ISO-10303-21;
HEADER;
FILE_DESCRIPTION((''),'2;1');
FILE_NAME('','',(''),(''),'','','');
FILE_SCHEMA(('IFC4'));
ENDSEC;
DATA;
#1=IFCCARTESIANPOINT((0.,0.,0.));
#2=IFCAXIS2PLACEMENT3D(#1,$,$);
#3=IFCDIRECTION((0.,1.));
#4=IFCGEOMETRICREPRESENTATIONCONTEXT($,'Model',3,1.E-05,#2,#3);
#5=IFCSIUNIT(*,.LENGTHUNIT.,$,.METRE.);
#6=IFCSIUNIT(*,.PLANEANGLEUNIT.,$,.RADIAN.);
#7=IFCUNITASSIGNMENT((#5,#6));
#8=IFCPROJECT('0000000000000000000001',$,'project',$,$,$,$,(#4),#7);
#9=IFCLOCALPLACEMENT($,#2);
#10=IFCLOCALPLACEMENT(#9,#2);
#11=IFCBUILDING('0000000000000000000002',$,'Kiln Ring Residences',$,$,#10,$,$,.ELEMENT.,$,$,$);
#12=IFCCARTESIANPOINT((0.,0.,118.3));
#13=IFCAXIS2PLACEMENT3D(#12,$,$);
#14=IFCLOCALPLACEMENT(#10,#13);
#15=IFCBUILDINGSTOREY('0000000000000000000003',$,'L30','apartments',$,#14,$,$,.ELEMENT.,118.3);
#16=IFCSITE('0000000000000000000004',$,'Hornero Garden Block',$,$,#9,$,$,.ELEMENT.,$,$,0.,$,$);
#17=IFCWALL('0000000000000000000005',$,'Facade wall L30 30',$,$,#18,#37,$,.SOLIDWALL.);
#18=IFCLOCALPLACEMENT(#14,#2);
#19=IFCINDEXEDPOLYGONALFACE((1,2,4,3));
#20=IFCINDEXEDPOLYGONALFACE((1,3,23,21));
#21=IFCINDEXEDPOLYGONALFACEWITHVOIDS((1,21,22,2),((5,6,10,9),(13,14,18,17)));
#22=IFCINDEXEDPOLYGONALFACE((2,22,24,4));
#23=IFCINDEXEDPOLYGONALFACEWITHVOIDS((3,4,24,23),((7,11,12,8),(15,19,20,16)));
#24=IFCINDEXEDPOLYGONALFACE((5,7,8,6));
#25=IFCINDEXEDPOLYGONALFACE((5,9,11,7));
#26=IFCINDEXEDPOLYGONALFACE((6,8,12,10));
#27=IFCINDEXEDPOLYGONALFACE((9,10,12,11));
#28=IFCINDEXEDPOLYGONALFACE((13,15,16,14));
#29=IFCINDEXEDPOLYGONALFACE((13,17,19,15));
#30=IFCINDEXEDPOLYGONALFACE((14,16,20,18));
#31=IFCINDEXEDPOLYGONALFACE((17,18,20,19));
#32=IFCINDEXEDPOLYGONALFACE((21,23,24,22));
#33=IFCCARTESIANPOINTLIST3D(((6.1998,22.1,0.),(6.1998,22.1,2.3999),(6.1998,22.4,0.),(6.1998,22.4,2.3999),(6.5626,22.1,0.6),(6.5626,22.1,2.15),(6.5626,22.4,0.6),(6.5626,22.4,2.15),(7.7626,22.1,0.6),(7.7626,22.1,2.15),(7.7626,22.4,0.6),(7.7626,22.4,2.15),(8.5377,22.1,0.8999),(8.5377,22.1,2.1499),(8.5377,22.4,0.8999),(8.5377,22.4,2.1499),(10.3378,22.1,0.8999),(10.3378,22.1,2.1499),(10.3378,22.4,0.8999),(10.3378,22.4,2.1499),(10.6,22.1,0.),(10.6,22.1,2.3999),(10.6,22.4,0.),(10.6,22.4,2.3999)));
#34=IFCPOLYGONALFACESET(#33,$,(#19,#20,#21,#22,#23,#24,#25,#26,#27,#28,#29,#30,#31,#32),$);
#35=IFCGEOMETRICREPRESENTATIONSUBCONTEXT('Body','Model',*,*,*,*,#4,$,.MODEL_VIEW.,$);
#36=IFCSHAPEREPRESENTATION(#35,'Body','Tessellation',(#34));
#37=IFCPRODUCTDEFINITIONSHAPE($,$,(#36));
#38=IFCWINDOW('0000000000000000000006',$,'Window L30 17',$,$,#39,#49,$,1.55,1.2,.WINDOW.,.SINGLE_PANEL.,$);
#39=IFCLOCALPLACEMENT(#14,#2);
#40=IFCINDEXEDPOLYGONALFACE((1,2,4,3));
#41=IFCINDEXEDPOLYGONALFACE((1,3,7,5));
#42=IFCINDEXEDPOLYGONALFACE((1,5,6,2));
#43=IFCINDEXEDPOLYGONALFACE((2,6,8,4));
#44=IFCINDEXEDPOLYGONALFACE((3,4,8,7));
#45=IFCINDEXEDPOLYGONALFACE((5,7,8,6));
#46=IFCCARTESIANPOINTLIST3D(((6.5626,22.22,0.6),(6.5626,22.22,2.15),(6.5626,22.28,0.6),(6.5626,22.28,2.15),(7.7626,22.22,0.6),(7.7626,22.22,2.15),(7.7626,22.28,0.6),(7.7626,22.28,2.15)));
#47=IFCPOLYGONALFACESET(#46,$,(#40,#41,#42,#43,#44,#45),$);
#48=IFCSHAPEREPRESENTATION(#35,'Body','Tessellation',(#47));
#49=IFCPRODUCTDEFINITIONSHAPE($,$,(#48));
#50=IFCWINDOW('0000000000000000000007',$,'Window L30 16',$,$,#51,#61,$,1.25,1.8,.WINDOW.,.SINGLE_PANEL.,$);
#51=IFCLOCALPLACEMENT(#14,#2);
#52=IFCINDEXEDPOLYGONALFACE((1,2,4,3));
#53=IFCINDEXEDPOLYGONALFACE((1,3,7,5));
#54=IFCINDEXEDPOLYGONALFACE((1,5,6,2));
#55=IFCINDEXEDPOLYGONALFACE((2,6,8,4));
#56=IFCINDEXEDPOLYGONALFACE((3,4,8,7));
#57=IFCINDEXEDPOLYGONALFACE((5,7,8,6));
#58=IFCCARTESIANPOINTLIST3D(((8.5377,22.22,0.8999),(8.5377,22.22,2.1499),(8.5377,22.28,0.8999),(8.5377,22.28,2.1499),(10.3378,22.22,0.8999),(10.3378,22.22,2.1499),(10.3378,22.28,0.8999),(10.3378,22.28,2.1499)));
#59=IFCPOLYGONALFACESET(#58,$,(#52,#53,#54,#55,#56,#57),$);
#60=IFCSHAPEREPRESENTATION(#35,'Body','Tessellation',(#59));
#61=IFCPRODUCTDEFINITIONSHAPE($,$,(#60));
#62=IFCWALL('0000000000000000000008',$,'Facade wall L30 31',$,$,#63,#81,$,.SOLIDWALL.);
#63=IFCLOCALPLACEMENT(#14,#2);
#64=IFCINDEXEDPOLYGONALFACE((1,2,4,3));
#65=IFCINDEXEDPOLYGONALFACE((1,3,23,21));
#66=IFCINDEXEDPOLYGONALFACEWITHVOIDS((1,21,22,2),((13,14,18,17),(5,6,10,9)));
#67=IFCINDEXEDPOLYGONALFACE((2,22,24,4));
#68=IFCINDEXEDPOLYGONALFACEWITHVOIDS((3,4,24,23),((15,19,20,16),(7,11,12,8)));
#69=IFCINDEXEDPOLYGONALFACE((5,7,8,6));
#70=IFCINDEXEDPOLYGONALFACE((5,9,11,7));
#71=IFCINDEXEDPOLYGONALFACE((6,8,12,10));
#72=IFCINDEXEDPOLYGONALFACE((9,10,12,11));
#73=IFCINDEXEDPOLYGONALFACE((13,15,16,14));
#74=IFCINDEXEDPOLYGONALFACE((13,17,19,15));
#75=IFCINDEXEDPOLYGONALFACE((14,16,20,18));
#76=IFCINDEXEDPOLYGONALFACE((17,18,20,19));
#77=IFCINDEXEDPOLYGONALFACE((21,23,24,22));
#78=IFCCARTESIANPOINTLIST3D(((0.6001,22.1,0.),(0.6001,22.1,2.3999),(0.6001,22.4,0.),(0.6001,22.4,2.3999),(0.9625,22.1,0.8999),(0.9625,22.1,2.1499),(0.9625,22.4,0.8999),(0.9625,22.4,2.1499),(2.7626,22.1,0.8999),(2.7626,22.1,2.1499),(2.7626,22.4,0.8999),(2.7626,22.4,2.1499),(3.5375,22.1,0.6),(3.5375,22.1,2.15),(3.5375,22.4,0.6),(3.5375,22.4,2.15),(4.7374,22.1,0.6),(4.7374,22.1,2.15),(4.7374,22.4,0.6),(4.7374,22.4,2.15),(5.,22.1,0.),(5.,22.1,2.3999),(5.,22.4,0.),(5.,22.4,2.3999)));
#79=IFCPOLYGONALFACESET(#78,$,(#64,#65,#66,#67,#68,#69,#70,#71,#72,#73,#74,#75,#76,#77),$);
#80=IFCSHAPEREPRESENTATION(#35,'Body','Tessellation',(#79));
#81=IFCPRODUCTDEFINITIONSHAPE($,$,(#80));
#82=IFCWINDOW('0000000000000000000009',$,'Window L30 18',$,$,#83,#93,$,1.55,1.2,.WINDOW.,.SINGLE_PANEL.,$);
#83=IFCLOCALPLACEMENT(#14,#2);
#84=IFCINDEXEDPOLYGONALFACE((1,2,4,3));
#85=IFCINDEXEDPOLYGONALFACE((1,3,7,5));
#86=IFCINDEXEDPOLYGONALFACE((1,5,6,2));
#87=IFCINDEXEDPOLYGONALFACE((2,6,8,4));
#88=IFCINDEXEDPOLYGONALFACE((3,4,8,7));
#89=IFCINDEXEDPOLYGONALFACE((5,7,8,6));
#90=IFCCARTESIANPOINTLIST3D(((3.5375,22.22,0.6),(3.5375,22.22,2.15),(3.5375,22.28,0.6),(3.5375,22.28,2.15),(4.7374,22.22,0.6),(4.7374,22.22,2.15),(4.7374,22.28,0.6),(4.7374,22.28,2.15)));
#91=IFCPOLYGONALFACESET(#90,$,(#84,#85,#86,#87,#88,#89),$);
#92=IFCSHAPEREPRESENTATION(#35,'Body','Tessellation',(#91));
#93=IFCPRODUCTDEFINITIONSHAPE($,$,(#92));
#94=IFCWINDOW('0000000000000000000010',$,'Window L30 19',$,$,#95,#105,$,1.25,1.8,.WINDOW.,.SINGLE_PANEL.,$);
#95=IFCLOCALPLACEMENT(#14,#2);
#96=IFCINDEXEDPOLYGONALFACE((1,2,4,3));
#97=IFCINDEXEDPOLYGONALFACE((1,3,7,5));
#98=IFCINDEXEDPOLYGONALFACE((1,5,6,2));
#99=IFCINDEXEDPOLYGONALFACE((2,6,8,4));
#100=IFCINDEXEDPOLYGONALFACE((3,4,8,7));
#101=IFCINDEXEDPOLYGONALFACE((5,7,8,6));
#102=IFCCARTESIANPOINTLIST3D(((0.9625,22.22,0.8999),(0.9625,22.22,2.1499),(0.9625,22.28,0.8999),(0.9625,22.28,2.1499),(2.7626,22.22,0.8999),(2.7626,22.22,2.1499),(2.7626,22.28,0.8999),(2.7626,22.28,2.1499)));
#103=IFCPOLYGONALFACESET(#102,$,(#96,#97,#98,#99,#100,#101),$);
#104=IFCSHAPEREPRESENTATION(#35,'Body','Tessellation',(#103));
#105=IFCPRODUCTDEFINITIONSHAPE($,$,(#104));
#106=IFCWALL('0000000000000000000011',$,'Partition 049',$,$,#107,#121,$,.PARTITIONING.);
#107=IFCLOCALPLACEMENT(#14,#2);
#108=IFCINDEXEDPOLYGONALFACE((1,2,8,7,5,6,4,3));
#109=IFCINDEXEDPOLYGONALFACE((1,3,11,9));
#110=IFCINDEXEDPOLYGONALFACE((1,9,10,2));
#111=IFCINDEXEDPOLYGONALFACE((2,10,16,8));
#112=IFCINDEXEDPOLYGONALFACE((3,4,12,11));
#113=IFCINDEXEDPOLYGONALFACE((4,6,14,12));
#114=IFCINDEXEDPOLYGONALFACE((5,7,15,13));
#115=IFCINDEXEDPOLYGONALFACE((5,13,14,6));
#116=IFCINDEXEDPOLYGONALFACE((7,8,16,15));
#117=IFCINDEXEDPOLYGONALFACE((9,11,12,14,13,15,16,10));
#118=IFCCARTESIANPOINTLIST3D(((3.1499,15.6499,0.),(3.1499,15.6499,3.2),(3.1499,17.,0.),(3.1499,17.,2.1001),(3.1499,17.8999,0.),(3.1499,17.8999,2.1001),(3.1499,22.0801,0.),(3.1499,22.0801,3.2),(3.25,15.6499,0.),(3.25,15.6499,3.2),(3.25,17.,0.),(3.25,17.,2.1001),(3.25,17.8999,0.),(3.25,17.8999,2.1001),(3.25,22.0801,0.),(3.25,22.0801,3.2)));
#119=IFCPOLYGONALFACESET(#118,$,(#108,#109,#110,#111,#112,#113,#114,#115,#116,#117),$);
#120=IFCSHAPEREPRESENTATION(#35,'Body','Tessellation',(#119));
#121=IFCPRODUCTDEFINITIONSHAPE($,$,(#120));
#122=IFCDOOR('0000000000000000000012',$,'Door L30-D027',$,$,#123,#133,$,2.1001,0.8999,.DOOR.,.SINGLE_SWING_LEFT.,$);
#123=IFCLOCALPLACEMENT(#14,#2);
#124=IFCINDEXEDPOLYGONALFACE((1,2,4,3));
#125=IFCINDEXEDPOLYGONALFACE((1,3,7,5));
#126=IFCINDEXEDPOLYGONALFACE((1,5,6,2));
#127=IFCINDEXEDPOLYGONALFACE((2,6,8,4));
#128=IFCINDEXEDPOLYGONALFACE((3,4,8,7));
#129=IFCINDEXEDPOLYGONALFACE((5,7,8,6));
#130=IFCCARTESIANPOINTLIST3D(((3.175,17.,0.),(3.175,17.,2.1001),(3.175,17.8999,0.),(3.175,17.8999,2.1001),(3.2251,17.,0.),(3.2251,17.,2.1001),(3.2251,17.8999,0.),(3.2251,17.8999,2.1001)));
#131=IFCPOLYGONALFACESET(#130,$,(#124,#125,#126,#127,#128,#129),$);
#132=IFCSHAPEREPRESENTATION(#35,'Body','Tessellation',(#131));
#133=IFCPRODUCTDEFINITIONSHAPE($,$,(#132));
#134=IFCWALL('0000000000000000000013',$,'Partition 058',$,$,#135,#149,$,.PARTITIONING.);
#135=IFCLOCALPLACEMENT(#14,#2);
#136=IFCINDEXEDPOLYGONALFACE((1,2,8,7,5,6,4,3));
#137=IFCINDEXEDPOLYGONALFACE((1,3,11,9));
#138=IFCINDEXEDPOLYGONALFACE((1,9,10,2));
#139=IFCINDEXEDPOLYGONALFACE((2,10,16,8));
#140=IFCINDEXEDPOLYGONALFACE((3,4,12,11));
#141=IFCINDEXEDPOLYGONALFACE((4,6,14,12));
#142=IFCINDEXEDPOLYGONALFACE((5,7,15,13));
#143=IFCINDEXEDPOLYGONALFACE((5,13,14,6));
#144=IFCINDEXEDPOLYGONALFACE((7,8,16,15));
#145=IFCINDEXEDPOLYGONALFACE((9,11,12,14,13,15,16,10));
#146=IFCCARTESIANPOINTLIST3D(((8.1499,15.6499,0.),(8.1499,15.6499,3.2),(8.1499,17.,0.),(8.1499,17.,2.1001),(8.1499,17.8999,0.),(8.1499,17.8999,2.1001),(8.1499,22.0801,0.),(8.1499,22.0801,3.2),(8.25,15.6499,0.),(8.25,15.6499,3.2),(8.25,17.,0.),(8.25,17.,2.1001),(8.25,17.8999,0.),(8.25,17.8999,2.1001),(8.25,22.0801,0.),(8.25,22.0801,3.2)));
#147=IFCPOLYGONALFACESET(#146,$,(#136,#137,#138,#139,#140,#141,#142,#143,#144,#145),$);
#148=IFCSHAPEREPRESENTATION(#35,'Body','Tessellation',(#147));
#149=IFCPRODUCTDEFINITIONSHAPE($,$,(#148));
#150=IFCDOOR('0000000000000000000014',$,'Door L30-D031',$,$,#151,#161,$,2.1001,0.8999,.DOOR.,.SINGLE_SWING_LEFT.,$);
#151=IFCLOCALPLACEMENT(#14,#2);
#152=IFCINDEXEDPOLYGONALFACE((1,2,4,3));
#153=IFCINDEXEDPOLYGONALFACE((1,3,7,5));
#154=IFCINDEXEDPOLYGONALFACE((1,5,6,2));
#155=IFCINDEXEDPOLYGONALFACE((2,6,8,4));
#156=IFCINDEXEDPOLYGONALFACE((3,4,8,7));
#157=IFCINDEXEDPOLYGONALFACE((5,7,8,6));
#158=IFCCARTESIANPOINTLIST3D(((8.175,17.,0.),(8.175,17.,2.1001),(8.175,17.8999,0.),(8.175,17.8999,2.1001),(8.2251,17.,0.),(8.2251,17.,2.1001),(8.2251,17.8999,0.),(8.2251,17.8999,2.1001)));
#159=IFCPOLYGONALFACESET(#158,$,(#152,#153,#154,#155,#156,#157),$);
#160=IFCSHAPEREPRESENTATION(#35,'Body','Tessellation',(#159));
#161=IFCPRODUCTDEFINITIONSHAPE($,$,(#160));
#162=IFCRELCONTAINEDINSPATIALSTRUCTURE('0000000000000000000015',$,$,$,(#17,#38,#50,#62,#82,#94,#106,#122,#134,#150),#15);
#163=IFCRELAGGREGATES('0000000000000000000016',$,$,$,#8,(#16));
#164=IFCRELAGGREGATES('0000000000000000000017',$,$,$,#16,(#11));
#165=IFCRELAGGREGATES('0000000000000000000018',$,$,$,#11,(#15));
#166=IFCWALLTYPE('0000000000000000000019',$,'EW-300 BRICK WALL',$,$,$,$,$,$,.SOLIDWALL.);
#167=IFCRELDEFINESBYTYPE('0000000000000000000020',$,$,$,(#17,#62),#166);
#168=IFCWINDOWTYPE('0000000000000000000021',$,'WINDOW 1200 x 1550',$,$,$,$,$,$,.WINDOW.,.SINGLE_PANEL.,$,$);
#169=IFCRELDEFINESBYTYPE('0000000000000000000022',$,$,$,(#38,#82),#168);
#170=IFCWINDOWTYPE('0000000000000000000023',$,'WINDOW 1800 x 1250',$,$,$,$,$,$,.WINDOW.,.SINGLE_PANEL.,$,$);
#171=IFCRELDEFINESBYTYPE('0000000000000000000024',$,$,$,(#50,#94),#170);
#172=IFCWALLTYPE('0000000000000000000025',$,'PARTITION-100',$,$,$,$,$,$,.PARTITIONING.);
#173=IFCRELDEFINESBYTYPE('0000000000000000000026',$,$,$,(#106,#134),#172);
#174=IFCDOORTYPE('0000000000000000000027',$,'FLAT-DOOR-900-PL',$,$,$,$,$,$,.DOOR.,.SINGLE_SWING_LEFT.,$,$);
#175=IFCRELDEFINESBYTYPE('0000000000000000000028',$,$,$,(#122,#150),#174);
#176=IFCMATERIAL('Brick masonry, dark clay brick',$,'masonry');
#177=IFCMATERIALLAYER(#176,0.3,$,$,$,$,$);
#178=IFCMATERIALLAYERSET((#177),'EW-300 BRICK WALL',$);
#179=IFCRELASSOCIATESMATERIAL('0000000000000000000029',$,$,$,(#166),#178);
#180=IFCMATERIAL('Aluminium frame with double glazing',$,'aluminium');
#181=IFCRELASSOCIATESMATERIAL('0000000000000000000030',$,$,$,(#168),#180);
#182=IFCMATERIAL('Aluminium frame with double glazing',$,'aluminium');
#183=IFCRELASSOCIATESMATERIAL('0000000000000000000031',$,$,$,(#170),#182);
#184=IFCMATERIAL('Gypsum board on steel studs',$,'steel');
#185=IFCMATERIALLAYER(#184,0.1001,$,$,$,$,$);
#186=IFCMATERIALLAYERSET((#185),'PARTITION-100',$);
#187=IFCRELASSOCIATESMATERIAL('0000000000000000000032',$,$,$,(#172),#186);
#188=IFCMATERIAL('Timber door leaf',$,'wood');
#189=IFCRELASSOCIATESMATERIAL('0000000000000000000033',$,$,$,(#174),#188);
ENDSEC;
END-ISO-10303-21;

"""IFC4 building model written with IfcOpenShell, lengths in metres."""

from ifc_helpers import new_model, si_unit, direction, frame, frame_2d, origin, place, context, subcontext, project, spatial, rectangle, extrude, material, layer, layer_set, type_object, element, fill, save


model = new_model("IFC4")

# Units and contexts
model_context = context("Model", 3, precision=1e-05, world=origin(), true_north=direction((0.0, 1.0)))
body_context = subcontext(model_context, "Body", "Model", "MODEL_VIEW")
ifc_project = project(units=[si_unit("LENGTHUNIT", "METRE"), si_unit("PLANEANGLEUNIT", "RADIAN")], contexts=[model_context])

# Site, building, storey
site_placement = place(None, origin())
site = spatial("IfcSite", under=ifc_project, at=site_placement, Name="Hornero Garden Block", CompositionType="ELEMENT", RefElevation=0.0)
building_placement = place(site_placement, origin())
building = spatial("IfcBuilding", under=site, at=building_placement, Name="Kiln Ring Residences", CompositionType="ELEMENT")
storey_placement = place(building_placement, frame((0.0, 0.0, 118.3)))
storey = spatial("IfcBuildingStorey", under=building, at=storey_placement, Name="L30", Description="apartments", CompositionType="ELEMENT", Elevation=118.3)

# Shared definitions
ifc_material_1 = material(Name="Brick masonry, dark clay brick", Category="masonry")
ifc_layer_1 = layer(ifc_material_1, 0.3)
ifc_layer_set_1 = layer_set([ifc_layer_1], Name="EW-300 BRICK WALL")
wall_type_1 = type_object("IfcWallType", Name="EW-300 BRICK WALL", PredefinedType="SOLIDWALL", material=ifc_layer_set_1)

# Walls, openings, windows
wall_1_placement = place(storey_placement, frame((10.6001, 22.25, 0.0), z_axis=(0.0, 0.0, 1.0), x_axis=(-1.0, 0.0, 0.0)))
wall_1 = element("IfcWall", 1, at=wall_1_placement, inside=storey, type_object=wall_type_1, Name="Facade wall L30 30", PredefinedType="SOLIDWALL", context=body_context, shape_type="SweptSolid", body=[
    extrude(rectangle(XDim=4.4001, YDim=0.3, at=frame_2d((2.2002, 0.0))), origin(), (0.0, 0.0, 1.0), 2.3999),
])
opening_1_placement = place(wall_1_placement, frame((0.2625, 0.0, 0.8999)))
opening_1 = element("IfcOpeningElement", 2, at=opening_1_placement, cuts=wall_1, PredefinedType="OPENING", context=body_context, shape_type="SweptSolid", body=[
    extrude(rectangle(XDim=1.8, YDim=1.25, at=frame_2d((0.8999, 0.625))), frame((0.0, 0.1599, 0.0), z_axis=(0.0, -1.0, 0.0), x_axis=(1.0, 0.0, 0.0)), (0.0, 0.0, 1.0), 0.3201),
])
opening_2_placement = place(wall_1_placement, frame((2.8374, 0.0, 0.6001)))
opening_2 = element("IfcOpeningElement", 3, at=opening_2_placement, cuts=wall_1, PredefinedType="OPENING", context=body_context, shape_type="SweptSolid", body=[
    extrude(rectangle(XDim=1.2, YDim=1.55, at=frame_2d((0.6001, 0.7749))), frame((0.0, 0.1599, 0.0), z_axis=(0.0, -1.0, 0.0), x_axis=(1.0, 0.0, 0.0)), (0.0, 0.0, 1.0), 0.3201),
])
ifc_material_2 = material(Name="Aluminium frame with double glazing", Category="aluminium")
window_type_1 = type_object("IfcWindowType", Name="WINDOW 1200 x 1550", PartitioningType="SINGLE_PANEL", PredefinedType="WINDOW", material=ifc_material_2)
window_1_placement = place(opening_2_placement, origin())
window_1 = element("IfcWindow", 4, at=window_1_placement, inside=storey, type_object=window_type_1, Name="Window L30 17", OverallHeight=1.55, OverallWidth=1.2, PartitioningType="SINGLE_PANEL", PredefinedType="WINDOW", context=body_context, shape_type="SweptSolid", body=[
    extrude(rectangle(XDim=1.2, YDim=1.55, at=frame_2d((0.6001, 0.7749))), frame((0.0, 0.03, 0.0), z_axis=(0.0, -1.0, 0.0), x_axis=(1.0, 0.0, 0.0)), (0.0, 0.0, 1.0), 0.0601),
])
fill(opening_2, window_1)
ifc_material_3 = material(Name="Aluminium frame with double glazing", Category="aluminium")
window_type_2 = type_object("IfcWindowType", Name="WINDOW 1800 x 1250", PartitioningType="SINGLE_PANEL", PredefinedType="WINDOW", material=ifc_material_3)
window_2_placement = place(opening_1_placement, origin())
window_2 = element("IfcWindow", 5, at=window_2_placement, inside=storey, type_object=window_type_2, Name="Window L30 16", OverallHeight=1.25, OverallWidth=1.8, PartitioningType="SINGLE_PANEL", PredefinedType="WINDOW", context=body_context, shape_type="SweptSolid", body=[
    extrude(rectangle(XDim=1.8, YDim=1.25, at=frame_2d((0.8999, 0.625))), frame((0.0, 0.03, 0.0), z_axis=(0.0, -1.0, 0.0), x_axis=(1.0, 0.0, 0.0)), (0.0, 0.0, 1.0), 0.0601),
])
fill(opening_1, window_2)
wall_2_placement = place(storey_placement, frame((5.0, 22.25, 0.0), z_axis=(0.0, 0.0, 1.0), x_axis=(-1.0, 0.0, 0.0)))
wall_2 = element("IfcWall", 6, at=wall_2_placement, inside=storey, type_object=wall_type_1, Name="Facade wall L30 31", PredefinedType="SOLIDWALL", context=body_context, shape_type="SweptSolid", body=[
    extrude(rectangle(XDim=4.3999, YDim=0.3, at=frame_2d((2.2, 0.0))), origin(), (0.0, 0.0, 1.0), 2.3999),
])
opening_3_placement = place(wall_2_placement, frame((0.2625, 0.0, 0.6001)))
opening_3 = element("IfcOpeningElement", 7, at=opening_3_placement, cuts=wall_2, PredefinedType="OPENING", context=body_context, shape_type="SweptSolid", body=[
    extrude(rectangle(XDim=1.2, YDim=1.55, at=frame_2d((0.6001, 0.7749))), frame((0.0, 0.1599, 0.0), z_axis=(0.0, -1.0, 0.0), x_axis=(1.0, 0.0, 0.0)), (0.0, 0.0, 1.0), 0.3201),
])
opening_4_placement = place(wall_2_placement, frame((2.2375, 0.0, 0.8999)))
opening_4 = element("IfcOpeningElement", 8, at=opening_4_placement, cuts=wall_2, PredefinedType="OPENING", context=body_context, shape_type="SweptSolid", body=[
    extrude(rectangle(XDim=1.8, YDim=1.25, at=frame_2d((0.8999, 0.625))), frame((0.0, 0.1599, 0.0), z_axis=(0.0, -1.0, 0.0), x_axis=(1.0, 0.0, 0.0)), (0.0, 0.0, 1.0), 0.3201),
])
window_3_placement = place(opening_3_placement, origin())
window_3 = element("IfcWindow", 9, at=window_3_placement, inside=storey, type_object=window_type_1, Name="Window L30 18", OverallHeight=1.55, OverallWidth=1.2, PartitioningType="SINGLE_PANEL", PredefinedType="WINDOW", context=body_context, shape_type="SweptSolid", body=[
    extrude(rectangle(XDim=1.2, YDim=1.55, at=frame_2d((0.6001, 0.7749))), frame((0.0, 0.03, 0.0), z_axis=(0.0, -1.0, 0.0), x_axis=(1.0, 0.0, 0.0)), (0.0, 0.0, 1.0), 0.0601),
])
fill(opening_3, window_3)
window_4_placement = place(opening_4_placement, origin())
window_4 = element("IfcWindow", 10, at=window_4_placement, inside=storey, type_object=window_type_2, Name="Window L30 19", OverallHeight=1.25, OverallWidth=1.8, PartitioningType="SINGLE_PANEL", PredefinedType="WINDOW", context=body_context, shape_type="SweptSolid", body=[
    extrude(rectangle(XDim=1.8, YDim=1.25, at=frame_2d((0.8999, 0.625))), frame((0.0, 0.03, 0.0), z_axis=(0.0, -1.0, 0.0), x_axis=(1.0, 0.0, 0.0)), (0.0, 0.0, 1.0), 0.0601),
])
fill(opening_4, window_4)

# Walls, openings, doors
ifc_material_4 = material(Name="Gypsum board on steel studs", Category="steel")
ifc_layer_2 = layer(ifc_material_4, 0.1001)
ifc_layer_set_2 = layer_set([ifc_layer_2], Name="PARTITION-100")
wall_type_2 = type_object("IfcWallType", Name="PARTITION-100", PredefinedType="PARTITIONING", material=ifc_layer_set_2)
wall_3_placement = place(storey_placement, frame((3.2, 15.6499, 0.0), z_axis=(0.0, 0.0, 1.0), x_axis=(0.0, 1.0, 0.0)))
wall_3 = element("IfcWall", 11, at=wall_3_placement, inside=storey, type_object=wall_type_2, Name="Partition 049", PredefinedType="PARTITIONING", context=body_context, shape_type="SweptSolid", body=[
    extrude(rectangle(XDim=6.4302, YDim=0.1001, at=frame_2d((3.2151, 0.0))), origin(), (0.0, 0.0, 1.0), 3.2),
])
opening_5_placement = place(wall_3_placement, frame((1.3501, 0.0, 0.0)))
opening_5 = element("IfcOpeningElement", 12, at=opening_5_placement, cuts=wall_3, PredefinedType="OPENING", context=body_context, shape_type="SweptSolid", body=[
    extrude(rectangle(XDim=0.8999, YDim=2.1001, at=frame_2d((0.45, 1.05))), frame((0.0, 0.0601, 0.0), z_axis=(0.0, -1.0, 0.0), x_axis=(1.0, 0.0, 0.0)), (0.0, 0.0, 1.0), 0.1201),
])
ifc_material_5 = material(Name="Timber door leaf", Category="wood")
door_type_1 = type_object("IfcDoorType", Name="FLAT-DOOR-900-PL", OperationType="SINGLE_SWING_LEFT", PredefinedType="DOOR", material=ifc_material_5)
door_1_placement = place(opening_5_placement, origin())
door_1 = element("IfcDoor", 13, at=door_1_placement, inside=storey, type_object=door_type_1, Name="Door L30-D027", OperationType="SINGLE_SWING_LEFT", OverallHeight=2.1001, OverallWidth=0.8999, PredefinedType="DOOR", context=body_context, shape_type="SweptSolid", body=[
    extrude(rectangle(XDim=0.8999, YDim=2.1001, at=frame_2d((0.45, 1.05))), frame((0.0, 0.0249, 0.0), z_axis=(0.0, -1.0, 0.0), x_axis=(1.0, 0.0, 0.0)), (0.0, 0.0, 1.0), 0.05),
])
fill(opening_5, door_1)
wall_4_placement = place(storey_placement, frame((8.2, 15.6499, 0.0), z_axis=(0.0, 0.0, 1.0), x_axis=(0.0, 1.0, 0.0)))
wall_4 = element("IfcWall", 14, at=wall_4_placement, inside=storey, type_object=wall_type_2, Name="Partition 058", PredefinedType="PARTITIONING", context=body_context, shape_type="SweptSolid", body=[
    extrude(rectangle(XDim=6.4302, YDim=0.1001, at=frame_2d((3.2151, 0.0))), origin(), (0.0, 0.0, 1.0), 3.2),
])
opening_6_placement = place(wall_4_placement, frame((1.3501, 0.0, 0.0)))
opening_6 = element("IfcOpeningElement", 15, at=opening_6_placement, cuts=wall_4, PredefinedType="OPENING", context=body_context, shape_type="SweptSolid", body=[
    extrude(rectangle(XDim=0.8999, YDim=2.1001, at=frame_2d((0.45, 1.05))), frame((0.0, 0.0601, 0.0), z_axis=(0.0, -1.0, 0.0), x_axis=(1.0, 0.0, 0.0)), (0.0, 0.0, 1.0), 0.1201),
])
door_2_placement = place(opening_6_placement, origin())
door_2 = element("IfcDoor", 16, at=door_2_placement, inside=storey, type_object=door_type_1, Name="Door L30-D031", OperationType="SINGLE_SWING_LEFT", OverallHeight=2.1001, OverallWidth=0.8999, PredefinedType="DOOR", context=body_context, shape_type="SweptSolid", body=[
    extrude(rectangle(XDim=0.8999, YDim=2.1001, at=frame_2d((0.45, 1.05))), frame((0.0, 0.0249, 0.0), z_axis=(0.0, -1.0, 0.0), x_axis=(1.0, 0.0, 0.0)), (0.0, 0.0, 1.0), 0.05),
])
fill(opening_6, door_2)

save(model, "model.ifc")
